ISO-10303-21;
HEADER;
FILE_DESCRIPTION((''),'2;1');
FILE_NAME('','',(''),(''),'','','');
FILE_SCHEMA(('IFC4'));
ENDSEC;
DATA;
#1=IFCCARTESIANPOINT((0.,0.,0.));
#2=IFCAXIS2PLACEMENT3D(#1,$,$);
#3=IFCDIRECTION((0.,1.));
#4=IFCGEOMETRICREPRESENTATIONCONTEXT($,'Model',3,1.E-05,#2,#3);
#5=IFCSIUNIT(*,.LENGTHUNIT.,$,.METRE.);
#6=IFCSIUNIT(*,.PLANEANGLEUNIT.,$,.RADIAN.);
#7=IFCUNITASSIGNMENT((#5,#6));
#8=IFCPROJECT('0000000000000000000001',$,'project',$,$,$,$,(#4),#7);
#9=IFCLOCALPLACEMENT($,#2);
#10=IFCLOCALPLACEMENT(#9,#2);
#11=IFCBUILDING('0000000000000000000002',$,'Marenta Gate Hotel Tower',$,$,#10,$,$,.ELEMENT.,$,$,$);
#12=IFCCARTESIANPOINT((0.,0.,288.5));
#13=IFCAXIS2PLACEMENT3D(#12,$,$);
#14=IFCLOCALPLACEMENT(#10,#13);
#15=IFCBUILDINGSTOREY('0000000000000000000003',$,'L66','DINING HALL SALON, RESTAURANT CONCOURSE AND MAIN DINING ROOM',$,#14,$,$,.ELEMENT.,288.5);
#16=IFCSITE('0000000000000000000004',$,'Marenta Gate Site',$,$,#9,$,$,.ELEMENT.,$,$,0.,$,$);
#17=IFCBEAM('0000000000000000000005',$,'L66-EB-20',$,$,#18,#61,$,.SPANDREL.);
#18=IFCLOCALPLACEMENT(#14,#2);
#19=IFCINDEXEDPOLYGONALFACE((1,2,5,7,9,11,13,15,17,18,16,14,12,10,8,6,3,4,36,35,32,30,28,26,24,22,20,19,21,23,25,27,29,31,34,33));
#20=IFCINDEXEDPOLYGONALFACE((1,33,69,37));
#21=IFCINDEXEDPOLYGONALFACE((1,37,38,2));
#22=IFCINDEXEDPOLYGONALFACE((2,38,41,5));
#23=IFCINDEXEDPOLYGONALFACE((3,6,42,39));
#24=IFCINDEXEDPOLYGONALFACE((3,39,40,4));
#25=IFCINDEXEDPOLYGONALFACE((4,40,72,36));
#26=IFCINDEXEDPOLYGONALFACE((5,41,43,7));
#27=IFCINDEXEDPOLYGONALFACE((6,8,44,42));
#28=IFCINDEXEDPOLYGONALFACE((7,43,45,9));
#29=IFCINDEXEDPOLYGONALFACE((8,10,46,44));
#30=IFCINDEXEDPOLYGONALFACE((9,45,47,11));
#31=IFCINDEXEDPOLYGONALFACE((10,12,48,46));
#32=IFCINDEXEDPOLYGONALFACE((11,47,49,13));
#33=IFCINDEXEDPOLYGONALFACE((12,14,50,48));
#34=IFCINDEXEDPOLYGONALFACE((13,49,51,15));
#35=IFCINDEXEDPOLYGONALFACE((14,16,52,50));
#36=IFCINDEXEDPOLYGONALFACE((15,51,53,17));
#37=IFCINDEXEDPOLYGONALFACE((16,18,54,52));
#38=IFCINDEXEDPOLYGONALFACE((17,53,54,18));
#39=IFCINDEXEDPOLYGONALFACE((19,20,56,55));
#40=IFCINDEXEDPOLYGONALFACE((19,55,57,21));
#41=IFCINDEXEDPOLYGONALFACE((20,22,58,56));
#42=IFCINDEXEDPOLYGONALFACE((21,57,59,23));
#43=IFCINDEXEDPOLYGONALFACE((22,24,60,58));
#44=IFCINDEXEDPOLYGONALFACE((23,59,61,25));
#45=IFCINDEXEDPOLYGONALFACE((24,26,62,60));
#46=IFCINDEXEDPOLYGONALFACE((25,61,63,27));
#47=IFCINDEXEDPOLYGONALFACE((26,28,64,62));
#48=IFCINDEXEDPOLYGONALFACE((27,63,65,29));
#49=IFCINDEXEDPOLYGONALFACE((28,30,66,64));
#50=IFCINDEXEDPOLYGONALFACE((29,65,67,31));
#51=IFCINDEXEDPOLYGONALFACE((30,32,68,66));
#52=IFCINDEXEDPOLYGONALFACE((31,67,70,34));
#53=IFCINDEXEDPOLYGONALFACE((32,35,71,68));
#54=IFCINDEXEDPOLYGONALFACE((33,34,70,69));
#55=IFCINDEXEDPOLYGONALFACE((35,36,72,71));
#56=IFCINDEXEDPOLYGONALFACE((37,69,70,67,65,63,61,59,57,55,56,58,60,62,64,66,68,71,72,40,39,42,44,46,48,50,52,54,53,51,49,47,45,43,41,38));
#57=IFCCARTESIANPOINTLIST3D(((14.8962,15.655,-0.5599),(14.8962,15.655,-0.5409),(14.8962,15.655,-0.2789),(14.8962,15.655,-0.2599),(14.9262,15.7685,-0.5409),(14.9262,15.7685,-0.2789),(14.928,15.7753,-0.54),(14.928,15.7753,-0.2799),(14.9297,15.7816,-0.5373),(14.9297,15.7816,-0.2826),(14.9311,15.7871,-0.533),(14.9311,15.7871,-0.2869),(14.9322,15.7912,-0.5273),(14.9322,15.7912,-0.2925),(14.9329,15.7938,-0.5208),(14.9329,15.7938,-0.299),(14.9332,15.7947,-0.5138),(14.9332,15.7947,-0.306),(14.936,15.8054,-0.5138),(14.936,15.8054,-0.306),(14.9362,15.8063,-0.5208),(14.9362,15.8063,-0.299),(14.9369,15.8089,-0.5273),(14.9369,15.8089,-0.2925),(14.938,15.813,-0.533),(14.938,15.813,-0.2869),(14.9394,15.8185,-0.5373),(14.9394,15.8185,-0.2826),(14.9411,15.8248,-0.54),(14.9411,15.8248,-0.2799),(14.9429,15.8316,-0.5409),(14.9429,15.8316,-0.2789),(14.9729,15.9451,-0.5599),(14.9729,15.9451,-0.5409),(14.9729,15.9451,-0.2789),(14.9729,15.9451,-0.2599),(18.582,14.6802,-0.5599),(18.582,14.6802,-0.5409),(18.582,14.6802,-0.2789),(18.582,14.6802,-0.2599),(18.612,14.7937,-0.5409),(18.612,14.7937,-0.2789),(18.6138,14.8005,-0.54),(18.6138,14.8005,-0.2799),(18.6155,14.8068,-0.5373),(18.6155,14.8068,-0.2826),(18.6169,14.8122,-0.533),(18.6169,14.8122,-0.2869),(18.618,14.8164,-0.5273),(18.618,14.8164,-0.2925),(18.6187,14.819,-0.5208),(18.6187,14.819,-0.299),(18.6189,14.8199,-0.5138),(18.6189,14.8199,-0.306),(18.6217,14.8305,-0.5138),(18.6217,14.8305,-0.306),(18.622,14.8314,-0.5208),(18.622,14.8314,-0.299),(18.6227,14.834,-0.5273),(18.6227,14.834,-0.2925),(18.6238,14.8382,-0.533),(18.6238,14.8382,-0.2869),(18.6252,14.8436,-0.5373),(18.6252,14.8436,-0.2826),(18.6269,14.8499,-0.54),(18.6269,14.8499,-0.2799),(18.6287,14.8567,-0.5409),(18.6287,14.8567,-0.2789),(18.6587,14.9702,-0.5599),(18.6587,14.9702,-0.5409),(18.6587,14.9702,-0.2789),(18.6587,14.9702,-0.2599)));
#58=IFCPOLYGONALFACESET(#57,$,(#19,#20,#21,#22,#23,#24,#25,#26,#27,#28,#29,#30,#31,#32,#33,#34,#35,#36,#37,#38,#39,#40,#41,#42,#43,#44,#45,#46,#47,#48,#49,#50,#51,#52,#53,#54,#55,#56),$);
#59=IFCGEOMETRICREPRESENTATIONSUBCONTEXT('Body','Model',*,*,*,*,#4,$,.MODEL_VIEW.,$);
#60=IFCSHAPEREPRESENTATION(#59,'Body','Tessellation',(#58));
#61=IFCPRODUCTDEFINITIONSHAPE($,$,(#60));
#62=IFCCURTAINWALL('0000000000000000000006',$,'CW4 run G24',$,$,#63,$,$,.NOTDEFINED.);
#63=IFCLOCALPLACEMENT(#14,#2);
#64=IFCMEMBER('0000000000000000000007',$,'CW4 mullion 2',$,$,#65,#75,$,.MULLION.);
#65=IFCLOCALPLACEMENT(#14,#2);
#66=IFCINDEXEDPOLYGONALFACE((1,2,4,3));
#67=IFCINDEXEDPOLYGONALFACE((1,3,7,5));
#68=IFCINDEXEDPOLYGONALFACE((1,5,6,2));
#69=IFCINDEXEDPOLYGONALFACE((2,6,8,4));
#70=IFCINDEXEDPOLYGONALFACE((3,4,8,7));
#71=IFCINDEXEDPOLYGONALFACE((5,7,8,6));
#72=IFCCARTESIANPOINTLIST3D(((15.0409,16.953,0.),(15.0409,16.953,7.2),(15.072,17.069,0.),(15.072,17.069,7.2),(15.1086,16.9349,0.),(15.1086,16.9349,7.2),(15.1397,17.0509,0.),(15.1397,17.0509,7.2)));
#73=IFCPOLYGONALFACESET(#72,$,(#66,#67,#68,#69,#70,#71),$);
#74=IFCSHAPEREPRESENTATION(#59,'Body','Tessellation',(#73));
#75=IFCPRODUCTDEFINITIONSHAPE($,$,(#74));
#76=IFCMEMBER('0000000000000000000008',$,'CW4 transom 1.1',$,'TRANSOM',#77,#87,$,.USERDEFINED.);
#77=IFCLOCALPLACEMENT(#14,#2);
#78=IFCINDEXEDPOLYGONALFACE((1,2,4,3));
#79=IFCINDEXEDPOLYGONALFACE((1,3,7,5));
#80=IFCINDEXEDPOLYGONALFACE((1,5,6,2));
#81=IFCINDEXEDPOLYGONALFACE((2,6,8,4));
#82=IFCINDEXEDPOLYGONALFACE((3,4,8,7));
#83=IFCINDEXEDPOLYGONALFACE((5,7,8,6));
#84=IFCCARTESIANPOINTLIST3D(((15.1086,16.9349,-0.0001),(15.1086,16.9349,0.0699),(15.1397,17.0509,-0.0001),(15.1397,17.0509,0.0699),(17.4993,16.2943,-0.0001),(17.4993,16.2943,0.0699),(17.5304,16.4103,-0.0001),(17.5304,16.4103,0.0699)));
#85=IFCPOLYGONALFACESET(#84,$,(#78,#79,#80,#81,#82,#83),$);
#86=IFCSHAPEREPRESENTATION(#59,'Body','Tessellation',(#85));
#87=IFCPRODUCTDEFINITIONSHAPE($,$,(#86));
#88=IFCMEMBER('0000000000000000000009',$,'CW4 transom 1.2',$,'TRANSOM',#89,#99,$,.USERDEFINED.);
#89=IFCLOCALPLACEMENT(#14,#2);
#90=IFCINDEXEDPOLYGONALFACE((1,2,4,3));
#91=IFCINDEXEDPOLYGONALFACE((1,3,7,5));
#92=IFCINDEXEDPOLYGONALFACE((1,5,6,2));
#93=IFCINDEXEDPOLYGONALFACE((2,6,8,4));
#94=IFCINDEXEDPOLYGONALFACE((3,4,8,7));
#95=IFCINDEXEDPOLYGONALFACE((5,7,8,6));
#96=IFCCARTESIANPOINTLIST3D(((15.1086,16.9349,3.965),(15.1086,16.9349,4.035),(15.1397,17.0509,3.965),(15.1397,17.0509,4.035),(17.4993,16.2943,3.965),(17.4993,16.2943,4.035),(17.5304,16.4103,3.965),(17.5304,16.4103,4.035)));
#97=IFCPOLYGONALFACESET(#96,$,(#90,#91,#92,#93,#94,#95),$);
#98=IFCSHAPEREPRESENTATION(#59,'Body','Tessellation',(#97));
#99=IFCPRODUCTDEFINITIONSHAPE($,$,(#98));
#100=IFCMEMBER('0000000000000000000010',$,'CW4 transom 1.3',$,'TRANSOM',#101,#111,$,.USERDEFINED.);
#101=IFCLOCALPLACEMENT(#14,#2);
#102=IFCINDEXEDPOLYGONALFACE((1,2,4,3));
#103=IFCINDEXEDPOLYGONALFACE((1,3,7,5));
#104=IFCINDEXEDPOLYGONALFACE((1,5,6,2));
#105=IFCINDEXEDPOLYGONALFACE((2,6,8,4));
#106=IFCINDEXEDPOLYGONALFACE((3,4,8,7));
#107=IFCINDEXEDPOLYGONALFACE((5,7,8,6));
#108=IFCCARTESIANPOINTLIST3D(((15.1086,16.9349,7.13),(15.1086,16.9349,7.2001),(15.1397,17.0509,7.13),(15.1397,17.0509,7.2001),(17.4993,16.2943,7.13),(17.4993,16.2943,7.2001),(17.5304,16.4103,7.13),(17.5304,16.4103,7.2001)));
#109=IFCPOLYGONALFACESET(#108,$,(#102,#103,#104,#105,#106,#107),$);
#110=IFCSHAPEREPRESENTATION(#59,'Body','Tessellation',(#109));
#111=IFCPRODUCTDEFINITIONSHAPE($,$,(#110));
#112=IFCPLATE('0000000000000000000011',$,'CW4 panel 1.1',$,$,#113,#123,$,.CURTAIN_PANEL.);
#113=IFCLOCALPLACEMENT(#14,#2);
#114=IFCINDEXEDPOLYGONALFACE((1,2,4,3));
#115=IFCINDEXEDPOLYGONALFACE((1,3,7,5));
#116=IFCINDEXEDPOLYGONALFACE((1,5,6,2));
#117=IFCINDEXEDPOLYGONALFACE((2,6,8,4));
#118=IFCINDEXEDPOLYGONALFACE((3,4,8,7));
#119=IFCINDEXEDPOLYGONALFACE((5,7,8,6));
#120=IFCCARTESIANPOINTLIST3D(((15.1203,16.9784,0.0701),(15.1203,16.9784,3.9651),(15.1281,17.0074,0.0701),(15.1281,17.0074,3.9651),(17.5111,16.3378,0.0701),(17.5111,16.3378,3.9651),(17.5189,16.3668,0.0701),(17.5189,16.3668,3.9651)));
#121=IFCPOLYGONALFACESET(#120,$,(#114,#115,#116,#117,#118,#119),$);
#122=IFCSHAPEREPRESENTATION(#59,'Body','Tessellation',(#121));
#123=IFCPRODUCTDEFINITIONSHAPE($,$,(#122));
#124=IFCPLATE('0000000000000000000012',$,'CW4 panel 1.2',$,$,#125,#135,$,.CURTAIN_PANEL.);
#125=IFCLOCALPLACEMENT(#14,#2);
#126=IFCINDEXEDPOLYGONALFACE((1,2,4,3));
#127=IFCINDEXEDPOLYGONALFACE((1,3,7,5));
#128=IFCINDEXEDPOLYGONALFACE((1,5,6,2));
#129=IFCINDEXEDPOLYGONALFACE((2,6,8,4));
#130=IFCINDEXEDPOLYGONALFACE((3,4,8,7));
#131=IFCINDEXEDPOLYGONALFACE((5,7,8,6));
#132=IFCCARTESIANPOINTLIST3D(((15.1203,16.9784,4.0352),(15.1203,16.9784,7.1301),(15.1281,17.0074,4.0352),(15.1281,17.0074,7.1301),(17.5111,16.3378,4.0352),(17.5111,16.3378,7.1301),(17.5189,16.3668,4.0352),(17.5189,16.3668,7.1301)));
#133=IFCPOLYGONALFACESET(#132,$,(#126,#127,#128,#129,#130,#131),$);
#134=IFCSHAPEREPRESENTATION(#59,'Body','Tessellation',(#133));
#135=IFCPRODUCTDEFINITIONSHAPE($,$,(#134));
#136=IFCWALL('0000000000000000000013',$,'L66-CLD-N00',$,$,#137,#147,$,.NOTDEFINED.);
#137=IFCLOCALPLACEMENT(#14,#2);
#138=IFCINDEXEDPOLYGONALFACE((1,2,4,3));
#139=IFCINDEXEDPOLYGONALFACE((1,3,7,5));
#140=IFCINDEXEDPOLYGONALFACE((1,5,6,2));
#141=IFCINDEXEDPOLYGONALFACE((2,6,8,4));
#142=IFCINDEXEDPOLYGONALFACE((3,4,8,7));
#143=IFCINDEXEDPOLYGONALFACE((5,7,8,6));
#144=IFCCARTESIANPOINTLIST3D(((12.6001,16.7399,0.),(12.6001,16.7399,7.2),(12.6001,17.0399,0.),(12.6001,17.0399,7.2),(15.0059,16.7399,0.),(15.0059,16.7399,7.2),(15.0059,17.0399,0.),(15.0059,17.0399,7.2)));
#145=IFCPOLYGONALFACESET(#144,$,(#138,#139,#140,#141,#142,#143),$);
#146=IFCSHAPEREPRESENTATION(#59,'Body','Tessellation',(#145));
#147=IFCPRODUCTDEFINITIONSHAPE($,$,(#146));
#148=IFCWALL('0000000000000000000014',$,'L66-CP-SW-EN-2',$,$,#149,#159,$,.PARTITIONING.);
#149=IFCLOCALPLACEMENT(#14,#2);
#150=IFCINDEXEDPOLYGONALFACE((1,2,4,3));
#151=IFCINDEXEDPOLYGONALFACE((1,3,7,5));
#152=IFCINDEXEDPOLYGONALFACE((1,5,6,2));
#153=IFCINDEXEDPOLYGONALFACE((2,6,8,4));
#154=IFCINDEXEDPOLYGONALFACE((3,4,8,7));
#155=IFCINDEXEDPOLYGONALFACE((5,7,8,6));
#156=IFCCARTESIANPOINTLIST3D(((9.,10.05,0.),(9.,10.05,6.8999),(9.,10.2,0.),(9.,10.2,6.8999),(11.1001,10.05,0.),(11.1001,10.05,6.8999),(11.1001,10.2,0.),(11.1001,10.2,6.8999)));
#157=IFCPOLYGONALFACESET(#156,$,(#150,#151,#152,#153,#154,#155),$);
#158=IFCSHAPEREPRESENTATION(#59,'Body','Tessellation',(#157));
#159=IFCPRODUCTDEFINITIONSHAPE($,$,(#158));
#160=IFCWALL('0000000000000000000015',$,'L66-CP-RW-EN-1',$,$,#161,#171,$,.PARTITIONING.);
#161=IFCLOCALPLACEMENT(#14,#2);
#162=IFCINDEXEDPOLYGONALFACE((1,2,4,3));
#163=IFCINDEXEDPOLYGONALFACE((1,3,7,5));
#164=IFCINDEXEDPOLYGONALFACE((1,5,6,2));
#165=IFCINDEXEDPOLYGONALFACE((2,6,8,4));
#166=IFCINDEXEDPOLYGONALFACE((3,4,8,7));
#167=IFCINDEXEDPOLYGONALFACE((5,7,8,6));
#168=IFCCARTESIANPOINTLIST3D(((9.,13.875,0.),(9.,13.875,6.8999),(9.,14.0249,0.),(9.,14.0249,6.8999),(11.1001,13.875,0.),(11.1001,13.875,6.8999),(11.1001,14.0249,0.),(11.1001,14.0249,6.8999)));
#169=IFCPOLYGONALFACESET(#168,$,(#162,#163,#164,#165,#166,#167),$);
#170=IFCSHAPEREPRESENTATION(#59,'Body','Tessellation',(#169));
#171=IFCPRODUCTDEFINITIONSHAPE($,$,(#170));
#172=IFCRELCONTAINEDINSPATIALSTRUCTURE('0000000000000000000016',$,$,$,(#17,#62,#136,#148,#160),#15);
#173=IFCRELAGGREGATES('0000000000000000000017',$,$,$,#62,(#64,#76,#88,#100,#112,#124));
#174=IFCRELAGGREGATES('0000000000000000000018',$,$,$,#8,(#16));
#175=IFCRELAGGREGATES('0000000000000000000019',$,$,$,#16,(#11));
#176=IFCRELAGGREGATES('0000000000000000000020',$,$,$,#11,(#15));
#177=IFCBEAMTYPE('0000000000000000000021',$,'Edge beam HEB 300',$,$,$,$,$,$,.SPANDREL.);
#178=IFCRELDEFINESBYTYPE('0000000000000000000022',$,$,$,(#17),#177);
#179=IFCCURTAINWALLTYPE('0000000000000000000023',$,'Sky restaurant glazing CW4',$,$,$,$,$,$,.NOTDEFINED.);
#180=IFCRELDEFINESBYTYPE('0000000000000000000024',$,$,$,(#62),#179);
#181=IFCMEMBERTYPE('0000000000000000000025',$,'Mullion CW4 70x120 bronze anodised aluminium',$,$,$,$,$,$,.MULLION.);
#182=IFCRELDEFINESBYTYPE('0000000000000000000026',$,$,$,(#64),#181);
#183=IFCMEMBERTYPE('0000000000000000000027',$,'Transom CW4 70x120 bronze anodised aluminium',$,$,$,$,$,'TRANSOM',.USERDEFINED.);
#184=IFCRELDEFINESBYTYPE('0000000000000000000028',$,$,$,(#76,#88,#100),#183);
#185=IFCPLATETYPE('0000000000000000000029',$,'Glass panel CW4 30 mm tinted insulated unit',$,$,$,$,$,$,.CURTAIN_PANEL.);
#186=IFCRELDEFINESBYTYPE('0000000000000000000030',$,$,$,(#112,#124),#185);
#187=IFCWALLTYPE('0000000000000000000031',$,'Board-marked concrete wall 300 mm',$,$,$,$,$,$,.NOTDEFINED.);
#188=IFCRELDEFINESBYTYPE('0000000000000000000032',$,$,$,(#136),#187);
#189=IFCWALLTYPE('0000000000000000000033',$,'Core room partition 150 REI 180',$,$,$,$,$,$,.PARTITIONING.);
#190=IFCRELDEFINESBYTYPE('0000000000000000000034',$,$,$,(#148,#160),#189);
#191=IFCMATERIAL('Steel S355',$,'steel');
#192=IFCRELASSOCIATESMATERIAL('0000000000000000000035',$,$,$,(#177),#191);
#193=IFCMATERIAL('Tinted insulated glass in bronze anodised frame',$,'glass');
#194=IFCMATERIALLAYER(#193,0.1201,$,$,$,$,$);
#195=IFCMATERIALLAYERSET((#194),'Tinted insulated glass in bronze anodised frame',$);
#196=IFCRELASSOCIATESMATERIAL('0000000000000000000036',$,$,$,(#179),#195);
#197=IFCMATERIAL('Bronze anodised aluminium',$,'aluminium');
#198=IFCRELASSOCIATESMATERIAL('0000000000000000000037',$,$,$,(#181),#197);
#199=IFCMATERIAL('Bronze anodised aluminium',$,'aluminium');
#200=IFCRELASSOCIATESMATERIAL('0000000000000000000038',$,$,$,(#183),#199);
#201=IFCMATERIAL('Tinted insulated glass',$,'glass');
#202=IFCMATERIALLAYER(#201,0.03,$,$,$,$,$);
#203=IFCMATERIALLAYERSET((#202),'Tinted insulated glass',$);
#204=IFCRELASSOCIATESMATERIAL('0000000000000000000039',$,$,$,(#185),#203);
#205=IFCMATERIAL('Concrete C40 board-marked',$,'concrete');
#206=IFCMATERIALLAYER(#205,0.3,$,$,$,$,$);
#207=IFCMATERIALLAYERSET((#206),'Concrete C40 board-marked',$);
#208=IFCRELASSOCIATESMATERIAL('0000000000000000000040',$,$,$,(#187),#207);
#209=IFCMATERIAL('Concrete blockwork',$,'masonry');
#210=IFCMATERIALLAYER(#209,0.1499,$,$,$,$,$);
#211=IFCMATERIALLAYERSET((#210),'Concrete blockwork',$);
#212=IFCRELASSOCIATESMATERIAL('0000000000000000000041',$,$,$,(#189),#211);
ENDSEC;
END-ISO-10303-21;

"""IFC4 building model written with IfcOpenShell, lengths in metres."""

from ifc_helpers import new_model, si_unit, direction, frame, frame_2d, origin, origin_2d, place, context, subcontext, project, spatial, rectangle, i_section, extrude, material, layer, layer_set, material_profile, profile_set, type_object, element, aggregate, save


model = new_model("IFC4")

# Units and contexts
model_context = context("Model", 3, precision=1e-05, world=origin(), true_north=direction((0.0, 1.0)))
body_context = subcontext(model_context, "Body", "Model", "MODEL_VIEW")
ifc_project = project(units=[si_unit("LENGTHUNIT", "METRE"), si_unit("PLANEANGLEUNIT", "RADIAN")], contexts=[model_context])

# Site, building, storey
site_placement = place(None, origin())
site = spatial("IfcSite", under=ifc_project, at=site_placement, Name="Marenta Gate Site", CompositionType="ELEMENT", RefElevation=0.0)
building_placement = place(site_placement, origin())
building = spatial("IfcBuilding", under=site, at=building_placement, Name="Marenta Gate Hotel Tower", CompositionType="ELEMENT")
storey_placement = place(building_placement, frame((0.0, 0.0, 288.5)))
storey = spatial("IfcBuildingStorey", under=building, at=storey_placement, Name="L66", Description="DINING HALL SALON, RESTAURANT CONCOURSE AND MAIN DINING ROOM", CompositionType="ELEMENT", Elevation=288.5)

# Beam
ifc_material_1 = material(Name="Steel S355", Category="steel")
ifc_material_profile_1 = material_profile(ifc_material_1, i_section(OverallWidth=0.3, OverallDepth=0.3, WebThickness=0.011, FlangeThickness=0.019, FilletRadius=0.0271, at=origin_2d()), Name="HEB 300")
ifc_profile_set_1 = profile_set([ifc_material_profile_1], Name="Steel S355")
beam_type = type_object("IfcBeamType", Name="Edge beam HEB 300", PredefinedType="SPANDREL", material=ifc_profile_set_1)
beam_1_placement = place(storey_placement, frame((14.9346, 15.8, -0.4099), z_axis=(0.966757, -0.255697, 0.0), x_axis=(0.255697, 0.966757, 0.0)))
element("IfcBeam", 1, at=beam_1_placement, inside=storey, type_object=beam_type, Name="L66-EB-20", PredefinedType="SPANDREL", context=body_context, shape_type="SweptSolid", body=[
    extrude(i_section(OverallWidth=0.3, OverallDepth=0.3, WebThickness=0.011, FlangeThickness=0.019, FilletRadius=0.0271, at=origin_2d()), origin(), (0.0, 0.0, 1.0), 3.8125),
])

# Curtain wall, members, plates
ifc_material_2 = material(Name="Tinted insulated glass in bronze anodised frame", Category="glass")
ifc_layer_1 = layer(ifc_material_2, 0.1201)
ifc_layer_set_1 = layer_set([ifc_layer_1], Name="Tinted insulated glass in bronze anodised frame")
curtain_wall_type = type_object("IfcCurtainWallType", Name="Sky restaurant glazing CW4", PredefinedType="NOTDEFINED", material=ifc_layer_set_1)
curtain_wall_placement = place(storey_placement, origin())
curtain_wall = element("IfcCurtainWall", 2, at=curtain_wall_placement, inside=storey, type_object=curtain_wall_type, Name="CW4 run G24", PredefinedType="NOTDEFINED")
ifc_material_3 = material(Name="Bronze anodised aluminium", Category="aluminium")
ifc_material_profile_2 = material_profile(ifc_material_3, rectangle(XDim=0.1201, YDim=0.0701, at=origin_2d()), Name="Mullion CW4 70x120 bronze anodised aluminium")
ifc_profile_set_2 = profile_set([ifc_material_profile_2], Name="Bronze anodised aluminium")
member_type_1 = type_object("IfcMemberType", Name="Mullion CW4 70x120 bronze anodised aluminium", PredefinedType="MULLION", material=ifc_profile_set_2)
member_1_placement = place(storey_placement, frame((15.0903, 17.002, 0.0), z_axis=(0.0, 0.0, 1.0), x_axis=(-0.258805, -0.96593, 0.0)))
member_1 = element("IfcMember", 3, at=member_1_placement, type_object=member_type_1, Name="CW4 mullion 2", PredefinedType="MULLION", context=body_context, shape_type="SweptSolid", body=[
    extrude(rectangle(XDim=0.1201, YDim=0.0701, at=origin_2d()), origin(), (0.0, 0.0, 1.0), 7.2),
])
ifc_material_4 = material(Name="Bronze anodised aluminium", Category="aluminium")
ifc_material_profile_3 = material_profile(ifc_material_4, rectangle(XDim=0.1201, YDim=0.0701, at=origin_2d()), Name="Transom CW4 70x120 bronze anodised aluminium")
ifc_profile_set_3 = profile_set([ifc_material_profile_3], Name="Bronze anodised aluminium")
member_type_2 = type_object("IfcMemberType", Name="Transom CW4 70x120 bronze anodised aluminium", ElementType="TRANSOM", PredefinedType="USERDEFINED", material=ifc_profile_set_3)
member_2_placement = place(storey_placement, frame((17.5149, 16.3523, 0.0349), z_axis=(-0.965926, 0.258817, 0.0), x_axis=(-0.258817, -0.965926, 0.0)))
member_2 = element("IfcMember", 4, at=member_2_placement, type_object=member_type_2, Name="CW4 transom 1.1", ObjectType="TRANSOM", PredefinedType="USERDEFINED", context=body_context, shape_type="SweptSolid", body=[
    extrude(rectangle(XDim=0.1201, YDim=0.0701, at=origin_2d()), origin(), (0.0, 0.0, 1.0), 2.4751),
])
member_3_placement = place(storey_placement, frame((17.5149, 16.3523, 4.0), z_axis=(-0.965926, 0.258817, 0.0), x_axis=(-0.258817, -0.965926, 0.0)))
member_3 = element("IfcMember", 5, at=member_3_placement, type_object=member_type_2, Name="CW4 transom 1.2", ObjectType="TRANSOM", PredefinedType="USERDEFINED", context=body_context, shape_type="SweptSolid", body=[
    extrude(rectangle(XDim=0.1201, YDim=0.0701, at=origin_2d()), origin(), (0.0, 0.0, 1.0), 2.4751),
])
member_4_placement = place(storey_placement, frame((17.5149, 16.3523, 7.165), z_axis=(-0.965926, 0.258817, 0.0), x_axis=(-0.258817, -0.965926, 0.0)))
member_4 = element("IfcMember", 6, at=member_4_placement, type_object=member_type_2, Name="CW4 transom 1.3", ObjectType="TRANSOM", PredefinedType="USERDEFINED", context=body_context, shape_type="SweptSolid", body=[
    extrude(rectangle(XDim=0.1201, YDim=0.0701, at=origin_2d()), origin(), (0.0, 0.0, 1.0), 2.4751),
])
ifc_material_5 = material(Name="Tinted insulated glass", Category="glass")
ifc_layer_2 = layer(ifc_material_5, 0.03)
ifc_layer_set_2 = layer_set([ifc_layer_2], Name="Tinted insulated glass")
plate_type = type_object("IfcPlateType", Name="Glass panel CW4 30 mm tinted insulated unit", PredefinedType="CURTAIN_PANEL", material=ifc_layer_set_2)
plate_1_placement = place(storey_placement, frame((16.3196, 16.6726, 0.0701), z_axis=(0.0, 0.0, 1.0), x_axis=(-0.96593, 0.258805, 0.0)))
plate_1 = element("IfcPlate", 7, at=plate_1_placement, type_object=plate_type, Name="CW4 panel 1.1", PredefinedType="CURTAIN_PANEL", context=body_context, shape_type="SweptSolid", body=[
    extrude(rectangle(XDim=2.4751, YDim=0.03, at=origin_2d()), origin(), (0.0, 0.0, 1.0), 3.895),
])
plate_2_placement = place(storey_placement, frame((16.3196, 16.6726, 4.0352), z_axis=(0.0, 0.0, 1.0), x_axis=(-0.96593, 0.258805, 0.0)))
plate_2 = element("IfcPlate", 8, at=plate_2_placement, type_object=plate_type, Name="CW4 panel 1.2", PredefinedType="CURTAIN_PANEL", context=body_context, shape_type="SweptSolid", body=[
    extrude(rectangle(XDim=2.4751, YDim=0.03, at=origin_2d()), origin(), (0.0, 0.0, 1.0), 3.095),
])
aggregate(curtain_wall, [member_1, member_2, member_3, member_4, plate_1, plate_2])

# Walls
ifc_material_6 = material(Name="Concrete C40 board-marked", Category="concrete")
ifc_layer_3 = layer(ifc_material_6, 0.3)
ifc_layer_set_3 = layer_set([ifc_layer_3], Name="Concrete C40 board-marked")
wall_type_1 = type_object("IfcWallType", Name="Board-marked concrete wall 300 mm", PredefinedType="NOTDEFINED", material=ifc_layer_set_3)
wall_1_placement = place(storey_placement, frame((15.0059, 16.8899, 0.0), z_axis=(0.0, 0.0, 1.0), x_axis=(-1.0, 0.0, 0.0)))
element("IfcWall", 9, at=wall_1_placement, inside=storey, type_object=wall_type_1, Name="L66-CLD-N00", PredefinedType="NOTDEFINED", context=body_context, shape_type="SweptSolid", body=[
    extrude(rectangle(XDim=2.4058, YDim=0.3, at=frame_2d((1.2029, 0.0))), origin(), (0.0, 0.0, 1.0), 7.2),
])
ifc_material_7 = material(Name="Concrete blockwork", Category="masonry")
ifc_layer_4 = layer(ifc_material_7, 0.1499)
ifc_layer_set_4 = layer_set([ifc_layer_4], Name="Concrete blockwork")
wall_type_2 = type_object("IfcWallType", Name="Core room partition 150 REI 180", PredefinedType="PARTITIONING", material=ifc_layer_set_4)
for number, where, z_axis, x_axis, name in (
    (10, (9.0, 10.125, 0.0), (0.0, 0.0, 1.0), (1.0, 0.0, 0.0), "L66-CP-SW-EN-2"),
    (11, (9.0, 13.95, 0.0), (0.0, 0.0, 1.0), (1.0, 0.0, 0.0), "L66-CP-RW-EN-1"),
):
    element("IfcWall", number, at=place(storey_placement, frame(where, z_axis=z_axis, x_axis=x_axis)), inside=storey, type_object=wall_type_2, Name=name, PredefinedType="PARTITIONING", context=body_context, shape_type="SweptSolid", body=[
        extrude(rectangle(XDim=2.1001, YDim=0.1499, at=frame_2d((1.05, 0.0))), origin(), (0.0, 0.0, 1.0), 6.8999),
    ])

save(model, "model.ifc")
